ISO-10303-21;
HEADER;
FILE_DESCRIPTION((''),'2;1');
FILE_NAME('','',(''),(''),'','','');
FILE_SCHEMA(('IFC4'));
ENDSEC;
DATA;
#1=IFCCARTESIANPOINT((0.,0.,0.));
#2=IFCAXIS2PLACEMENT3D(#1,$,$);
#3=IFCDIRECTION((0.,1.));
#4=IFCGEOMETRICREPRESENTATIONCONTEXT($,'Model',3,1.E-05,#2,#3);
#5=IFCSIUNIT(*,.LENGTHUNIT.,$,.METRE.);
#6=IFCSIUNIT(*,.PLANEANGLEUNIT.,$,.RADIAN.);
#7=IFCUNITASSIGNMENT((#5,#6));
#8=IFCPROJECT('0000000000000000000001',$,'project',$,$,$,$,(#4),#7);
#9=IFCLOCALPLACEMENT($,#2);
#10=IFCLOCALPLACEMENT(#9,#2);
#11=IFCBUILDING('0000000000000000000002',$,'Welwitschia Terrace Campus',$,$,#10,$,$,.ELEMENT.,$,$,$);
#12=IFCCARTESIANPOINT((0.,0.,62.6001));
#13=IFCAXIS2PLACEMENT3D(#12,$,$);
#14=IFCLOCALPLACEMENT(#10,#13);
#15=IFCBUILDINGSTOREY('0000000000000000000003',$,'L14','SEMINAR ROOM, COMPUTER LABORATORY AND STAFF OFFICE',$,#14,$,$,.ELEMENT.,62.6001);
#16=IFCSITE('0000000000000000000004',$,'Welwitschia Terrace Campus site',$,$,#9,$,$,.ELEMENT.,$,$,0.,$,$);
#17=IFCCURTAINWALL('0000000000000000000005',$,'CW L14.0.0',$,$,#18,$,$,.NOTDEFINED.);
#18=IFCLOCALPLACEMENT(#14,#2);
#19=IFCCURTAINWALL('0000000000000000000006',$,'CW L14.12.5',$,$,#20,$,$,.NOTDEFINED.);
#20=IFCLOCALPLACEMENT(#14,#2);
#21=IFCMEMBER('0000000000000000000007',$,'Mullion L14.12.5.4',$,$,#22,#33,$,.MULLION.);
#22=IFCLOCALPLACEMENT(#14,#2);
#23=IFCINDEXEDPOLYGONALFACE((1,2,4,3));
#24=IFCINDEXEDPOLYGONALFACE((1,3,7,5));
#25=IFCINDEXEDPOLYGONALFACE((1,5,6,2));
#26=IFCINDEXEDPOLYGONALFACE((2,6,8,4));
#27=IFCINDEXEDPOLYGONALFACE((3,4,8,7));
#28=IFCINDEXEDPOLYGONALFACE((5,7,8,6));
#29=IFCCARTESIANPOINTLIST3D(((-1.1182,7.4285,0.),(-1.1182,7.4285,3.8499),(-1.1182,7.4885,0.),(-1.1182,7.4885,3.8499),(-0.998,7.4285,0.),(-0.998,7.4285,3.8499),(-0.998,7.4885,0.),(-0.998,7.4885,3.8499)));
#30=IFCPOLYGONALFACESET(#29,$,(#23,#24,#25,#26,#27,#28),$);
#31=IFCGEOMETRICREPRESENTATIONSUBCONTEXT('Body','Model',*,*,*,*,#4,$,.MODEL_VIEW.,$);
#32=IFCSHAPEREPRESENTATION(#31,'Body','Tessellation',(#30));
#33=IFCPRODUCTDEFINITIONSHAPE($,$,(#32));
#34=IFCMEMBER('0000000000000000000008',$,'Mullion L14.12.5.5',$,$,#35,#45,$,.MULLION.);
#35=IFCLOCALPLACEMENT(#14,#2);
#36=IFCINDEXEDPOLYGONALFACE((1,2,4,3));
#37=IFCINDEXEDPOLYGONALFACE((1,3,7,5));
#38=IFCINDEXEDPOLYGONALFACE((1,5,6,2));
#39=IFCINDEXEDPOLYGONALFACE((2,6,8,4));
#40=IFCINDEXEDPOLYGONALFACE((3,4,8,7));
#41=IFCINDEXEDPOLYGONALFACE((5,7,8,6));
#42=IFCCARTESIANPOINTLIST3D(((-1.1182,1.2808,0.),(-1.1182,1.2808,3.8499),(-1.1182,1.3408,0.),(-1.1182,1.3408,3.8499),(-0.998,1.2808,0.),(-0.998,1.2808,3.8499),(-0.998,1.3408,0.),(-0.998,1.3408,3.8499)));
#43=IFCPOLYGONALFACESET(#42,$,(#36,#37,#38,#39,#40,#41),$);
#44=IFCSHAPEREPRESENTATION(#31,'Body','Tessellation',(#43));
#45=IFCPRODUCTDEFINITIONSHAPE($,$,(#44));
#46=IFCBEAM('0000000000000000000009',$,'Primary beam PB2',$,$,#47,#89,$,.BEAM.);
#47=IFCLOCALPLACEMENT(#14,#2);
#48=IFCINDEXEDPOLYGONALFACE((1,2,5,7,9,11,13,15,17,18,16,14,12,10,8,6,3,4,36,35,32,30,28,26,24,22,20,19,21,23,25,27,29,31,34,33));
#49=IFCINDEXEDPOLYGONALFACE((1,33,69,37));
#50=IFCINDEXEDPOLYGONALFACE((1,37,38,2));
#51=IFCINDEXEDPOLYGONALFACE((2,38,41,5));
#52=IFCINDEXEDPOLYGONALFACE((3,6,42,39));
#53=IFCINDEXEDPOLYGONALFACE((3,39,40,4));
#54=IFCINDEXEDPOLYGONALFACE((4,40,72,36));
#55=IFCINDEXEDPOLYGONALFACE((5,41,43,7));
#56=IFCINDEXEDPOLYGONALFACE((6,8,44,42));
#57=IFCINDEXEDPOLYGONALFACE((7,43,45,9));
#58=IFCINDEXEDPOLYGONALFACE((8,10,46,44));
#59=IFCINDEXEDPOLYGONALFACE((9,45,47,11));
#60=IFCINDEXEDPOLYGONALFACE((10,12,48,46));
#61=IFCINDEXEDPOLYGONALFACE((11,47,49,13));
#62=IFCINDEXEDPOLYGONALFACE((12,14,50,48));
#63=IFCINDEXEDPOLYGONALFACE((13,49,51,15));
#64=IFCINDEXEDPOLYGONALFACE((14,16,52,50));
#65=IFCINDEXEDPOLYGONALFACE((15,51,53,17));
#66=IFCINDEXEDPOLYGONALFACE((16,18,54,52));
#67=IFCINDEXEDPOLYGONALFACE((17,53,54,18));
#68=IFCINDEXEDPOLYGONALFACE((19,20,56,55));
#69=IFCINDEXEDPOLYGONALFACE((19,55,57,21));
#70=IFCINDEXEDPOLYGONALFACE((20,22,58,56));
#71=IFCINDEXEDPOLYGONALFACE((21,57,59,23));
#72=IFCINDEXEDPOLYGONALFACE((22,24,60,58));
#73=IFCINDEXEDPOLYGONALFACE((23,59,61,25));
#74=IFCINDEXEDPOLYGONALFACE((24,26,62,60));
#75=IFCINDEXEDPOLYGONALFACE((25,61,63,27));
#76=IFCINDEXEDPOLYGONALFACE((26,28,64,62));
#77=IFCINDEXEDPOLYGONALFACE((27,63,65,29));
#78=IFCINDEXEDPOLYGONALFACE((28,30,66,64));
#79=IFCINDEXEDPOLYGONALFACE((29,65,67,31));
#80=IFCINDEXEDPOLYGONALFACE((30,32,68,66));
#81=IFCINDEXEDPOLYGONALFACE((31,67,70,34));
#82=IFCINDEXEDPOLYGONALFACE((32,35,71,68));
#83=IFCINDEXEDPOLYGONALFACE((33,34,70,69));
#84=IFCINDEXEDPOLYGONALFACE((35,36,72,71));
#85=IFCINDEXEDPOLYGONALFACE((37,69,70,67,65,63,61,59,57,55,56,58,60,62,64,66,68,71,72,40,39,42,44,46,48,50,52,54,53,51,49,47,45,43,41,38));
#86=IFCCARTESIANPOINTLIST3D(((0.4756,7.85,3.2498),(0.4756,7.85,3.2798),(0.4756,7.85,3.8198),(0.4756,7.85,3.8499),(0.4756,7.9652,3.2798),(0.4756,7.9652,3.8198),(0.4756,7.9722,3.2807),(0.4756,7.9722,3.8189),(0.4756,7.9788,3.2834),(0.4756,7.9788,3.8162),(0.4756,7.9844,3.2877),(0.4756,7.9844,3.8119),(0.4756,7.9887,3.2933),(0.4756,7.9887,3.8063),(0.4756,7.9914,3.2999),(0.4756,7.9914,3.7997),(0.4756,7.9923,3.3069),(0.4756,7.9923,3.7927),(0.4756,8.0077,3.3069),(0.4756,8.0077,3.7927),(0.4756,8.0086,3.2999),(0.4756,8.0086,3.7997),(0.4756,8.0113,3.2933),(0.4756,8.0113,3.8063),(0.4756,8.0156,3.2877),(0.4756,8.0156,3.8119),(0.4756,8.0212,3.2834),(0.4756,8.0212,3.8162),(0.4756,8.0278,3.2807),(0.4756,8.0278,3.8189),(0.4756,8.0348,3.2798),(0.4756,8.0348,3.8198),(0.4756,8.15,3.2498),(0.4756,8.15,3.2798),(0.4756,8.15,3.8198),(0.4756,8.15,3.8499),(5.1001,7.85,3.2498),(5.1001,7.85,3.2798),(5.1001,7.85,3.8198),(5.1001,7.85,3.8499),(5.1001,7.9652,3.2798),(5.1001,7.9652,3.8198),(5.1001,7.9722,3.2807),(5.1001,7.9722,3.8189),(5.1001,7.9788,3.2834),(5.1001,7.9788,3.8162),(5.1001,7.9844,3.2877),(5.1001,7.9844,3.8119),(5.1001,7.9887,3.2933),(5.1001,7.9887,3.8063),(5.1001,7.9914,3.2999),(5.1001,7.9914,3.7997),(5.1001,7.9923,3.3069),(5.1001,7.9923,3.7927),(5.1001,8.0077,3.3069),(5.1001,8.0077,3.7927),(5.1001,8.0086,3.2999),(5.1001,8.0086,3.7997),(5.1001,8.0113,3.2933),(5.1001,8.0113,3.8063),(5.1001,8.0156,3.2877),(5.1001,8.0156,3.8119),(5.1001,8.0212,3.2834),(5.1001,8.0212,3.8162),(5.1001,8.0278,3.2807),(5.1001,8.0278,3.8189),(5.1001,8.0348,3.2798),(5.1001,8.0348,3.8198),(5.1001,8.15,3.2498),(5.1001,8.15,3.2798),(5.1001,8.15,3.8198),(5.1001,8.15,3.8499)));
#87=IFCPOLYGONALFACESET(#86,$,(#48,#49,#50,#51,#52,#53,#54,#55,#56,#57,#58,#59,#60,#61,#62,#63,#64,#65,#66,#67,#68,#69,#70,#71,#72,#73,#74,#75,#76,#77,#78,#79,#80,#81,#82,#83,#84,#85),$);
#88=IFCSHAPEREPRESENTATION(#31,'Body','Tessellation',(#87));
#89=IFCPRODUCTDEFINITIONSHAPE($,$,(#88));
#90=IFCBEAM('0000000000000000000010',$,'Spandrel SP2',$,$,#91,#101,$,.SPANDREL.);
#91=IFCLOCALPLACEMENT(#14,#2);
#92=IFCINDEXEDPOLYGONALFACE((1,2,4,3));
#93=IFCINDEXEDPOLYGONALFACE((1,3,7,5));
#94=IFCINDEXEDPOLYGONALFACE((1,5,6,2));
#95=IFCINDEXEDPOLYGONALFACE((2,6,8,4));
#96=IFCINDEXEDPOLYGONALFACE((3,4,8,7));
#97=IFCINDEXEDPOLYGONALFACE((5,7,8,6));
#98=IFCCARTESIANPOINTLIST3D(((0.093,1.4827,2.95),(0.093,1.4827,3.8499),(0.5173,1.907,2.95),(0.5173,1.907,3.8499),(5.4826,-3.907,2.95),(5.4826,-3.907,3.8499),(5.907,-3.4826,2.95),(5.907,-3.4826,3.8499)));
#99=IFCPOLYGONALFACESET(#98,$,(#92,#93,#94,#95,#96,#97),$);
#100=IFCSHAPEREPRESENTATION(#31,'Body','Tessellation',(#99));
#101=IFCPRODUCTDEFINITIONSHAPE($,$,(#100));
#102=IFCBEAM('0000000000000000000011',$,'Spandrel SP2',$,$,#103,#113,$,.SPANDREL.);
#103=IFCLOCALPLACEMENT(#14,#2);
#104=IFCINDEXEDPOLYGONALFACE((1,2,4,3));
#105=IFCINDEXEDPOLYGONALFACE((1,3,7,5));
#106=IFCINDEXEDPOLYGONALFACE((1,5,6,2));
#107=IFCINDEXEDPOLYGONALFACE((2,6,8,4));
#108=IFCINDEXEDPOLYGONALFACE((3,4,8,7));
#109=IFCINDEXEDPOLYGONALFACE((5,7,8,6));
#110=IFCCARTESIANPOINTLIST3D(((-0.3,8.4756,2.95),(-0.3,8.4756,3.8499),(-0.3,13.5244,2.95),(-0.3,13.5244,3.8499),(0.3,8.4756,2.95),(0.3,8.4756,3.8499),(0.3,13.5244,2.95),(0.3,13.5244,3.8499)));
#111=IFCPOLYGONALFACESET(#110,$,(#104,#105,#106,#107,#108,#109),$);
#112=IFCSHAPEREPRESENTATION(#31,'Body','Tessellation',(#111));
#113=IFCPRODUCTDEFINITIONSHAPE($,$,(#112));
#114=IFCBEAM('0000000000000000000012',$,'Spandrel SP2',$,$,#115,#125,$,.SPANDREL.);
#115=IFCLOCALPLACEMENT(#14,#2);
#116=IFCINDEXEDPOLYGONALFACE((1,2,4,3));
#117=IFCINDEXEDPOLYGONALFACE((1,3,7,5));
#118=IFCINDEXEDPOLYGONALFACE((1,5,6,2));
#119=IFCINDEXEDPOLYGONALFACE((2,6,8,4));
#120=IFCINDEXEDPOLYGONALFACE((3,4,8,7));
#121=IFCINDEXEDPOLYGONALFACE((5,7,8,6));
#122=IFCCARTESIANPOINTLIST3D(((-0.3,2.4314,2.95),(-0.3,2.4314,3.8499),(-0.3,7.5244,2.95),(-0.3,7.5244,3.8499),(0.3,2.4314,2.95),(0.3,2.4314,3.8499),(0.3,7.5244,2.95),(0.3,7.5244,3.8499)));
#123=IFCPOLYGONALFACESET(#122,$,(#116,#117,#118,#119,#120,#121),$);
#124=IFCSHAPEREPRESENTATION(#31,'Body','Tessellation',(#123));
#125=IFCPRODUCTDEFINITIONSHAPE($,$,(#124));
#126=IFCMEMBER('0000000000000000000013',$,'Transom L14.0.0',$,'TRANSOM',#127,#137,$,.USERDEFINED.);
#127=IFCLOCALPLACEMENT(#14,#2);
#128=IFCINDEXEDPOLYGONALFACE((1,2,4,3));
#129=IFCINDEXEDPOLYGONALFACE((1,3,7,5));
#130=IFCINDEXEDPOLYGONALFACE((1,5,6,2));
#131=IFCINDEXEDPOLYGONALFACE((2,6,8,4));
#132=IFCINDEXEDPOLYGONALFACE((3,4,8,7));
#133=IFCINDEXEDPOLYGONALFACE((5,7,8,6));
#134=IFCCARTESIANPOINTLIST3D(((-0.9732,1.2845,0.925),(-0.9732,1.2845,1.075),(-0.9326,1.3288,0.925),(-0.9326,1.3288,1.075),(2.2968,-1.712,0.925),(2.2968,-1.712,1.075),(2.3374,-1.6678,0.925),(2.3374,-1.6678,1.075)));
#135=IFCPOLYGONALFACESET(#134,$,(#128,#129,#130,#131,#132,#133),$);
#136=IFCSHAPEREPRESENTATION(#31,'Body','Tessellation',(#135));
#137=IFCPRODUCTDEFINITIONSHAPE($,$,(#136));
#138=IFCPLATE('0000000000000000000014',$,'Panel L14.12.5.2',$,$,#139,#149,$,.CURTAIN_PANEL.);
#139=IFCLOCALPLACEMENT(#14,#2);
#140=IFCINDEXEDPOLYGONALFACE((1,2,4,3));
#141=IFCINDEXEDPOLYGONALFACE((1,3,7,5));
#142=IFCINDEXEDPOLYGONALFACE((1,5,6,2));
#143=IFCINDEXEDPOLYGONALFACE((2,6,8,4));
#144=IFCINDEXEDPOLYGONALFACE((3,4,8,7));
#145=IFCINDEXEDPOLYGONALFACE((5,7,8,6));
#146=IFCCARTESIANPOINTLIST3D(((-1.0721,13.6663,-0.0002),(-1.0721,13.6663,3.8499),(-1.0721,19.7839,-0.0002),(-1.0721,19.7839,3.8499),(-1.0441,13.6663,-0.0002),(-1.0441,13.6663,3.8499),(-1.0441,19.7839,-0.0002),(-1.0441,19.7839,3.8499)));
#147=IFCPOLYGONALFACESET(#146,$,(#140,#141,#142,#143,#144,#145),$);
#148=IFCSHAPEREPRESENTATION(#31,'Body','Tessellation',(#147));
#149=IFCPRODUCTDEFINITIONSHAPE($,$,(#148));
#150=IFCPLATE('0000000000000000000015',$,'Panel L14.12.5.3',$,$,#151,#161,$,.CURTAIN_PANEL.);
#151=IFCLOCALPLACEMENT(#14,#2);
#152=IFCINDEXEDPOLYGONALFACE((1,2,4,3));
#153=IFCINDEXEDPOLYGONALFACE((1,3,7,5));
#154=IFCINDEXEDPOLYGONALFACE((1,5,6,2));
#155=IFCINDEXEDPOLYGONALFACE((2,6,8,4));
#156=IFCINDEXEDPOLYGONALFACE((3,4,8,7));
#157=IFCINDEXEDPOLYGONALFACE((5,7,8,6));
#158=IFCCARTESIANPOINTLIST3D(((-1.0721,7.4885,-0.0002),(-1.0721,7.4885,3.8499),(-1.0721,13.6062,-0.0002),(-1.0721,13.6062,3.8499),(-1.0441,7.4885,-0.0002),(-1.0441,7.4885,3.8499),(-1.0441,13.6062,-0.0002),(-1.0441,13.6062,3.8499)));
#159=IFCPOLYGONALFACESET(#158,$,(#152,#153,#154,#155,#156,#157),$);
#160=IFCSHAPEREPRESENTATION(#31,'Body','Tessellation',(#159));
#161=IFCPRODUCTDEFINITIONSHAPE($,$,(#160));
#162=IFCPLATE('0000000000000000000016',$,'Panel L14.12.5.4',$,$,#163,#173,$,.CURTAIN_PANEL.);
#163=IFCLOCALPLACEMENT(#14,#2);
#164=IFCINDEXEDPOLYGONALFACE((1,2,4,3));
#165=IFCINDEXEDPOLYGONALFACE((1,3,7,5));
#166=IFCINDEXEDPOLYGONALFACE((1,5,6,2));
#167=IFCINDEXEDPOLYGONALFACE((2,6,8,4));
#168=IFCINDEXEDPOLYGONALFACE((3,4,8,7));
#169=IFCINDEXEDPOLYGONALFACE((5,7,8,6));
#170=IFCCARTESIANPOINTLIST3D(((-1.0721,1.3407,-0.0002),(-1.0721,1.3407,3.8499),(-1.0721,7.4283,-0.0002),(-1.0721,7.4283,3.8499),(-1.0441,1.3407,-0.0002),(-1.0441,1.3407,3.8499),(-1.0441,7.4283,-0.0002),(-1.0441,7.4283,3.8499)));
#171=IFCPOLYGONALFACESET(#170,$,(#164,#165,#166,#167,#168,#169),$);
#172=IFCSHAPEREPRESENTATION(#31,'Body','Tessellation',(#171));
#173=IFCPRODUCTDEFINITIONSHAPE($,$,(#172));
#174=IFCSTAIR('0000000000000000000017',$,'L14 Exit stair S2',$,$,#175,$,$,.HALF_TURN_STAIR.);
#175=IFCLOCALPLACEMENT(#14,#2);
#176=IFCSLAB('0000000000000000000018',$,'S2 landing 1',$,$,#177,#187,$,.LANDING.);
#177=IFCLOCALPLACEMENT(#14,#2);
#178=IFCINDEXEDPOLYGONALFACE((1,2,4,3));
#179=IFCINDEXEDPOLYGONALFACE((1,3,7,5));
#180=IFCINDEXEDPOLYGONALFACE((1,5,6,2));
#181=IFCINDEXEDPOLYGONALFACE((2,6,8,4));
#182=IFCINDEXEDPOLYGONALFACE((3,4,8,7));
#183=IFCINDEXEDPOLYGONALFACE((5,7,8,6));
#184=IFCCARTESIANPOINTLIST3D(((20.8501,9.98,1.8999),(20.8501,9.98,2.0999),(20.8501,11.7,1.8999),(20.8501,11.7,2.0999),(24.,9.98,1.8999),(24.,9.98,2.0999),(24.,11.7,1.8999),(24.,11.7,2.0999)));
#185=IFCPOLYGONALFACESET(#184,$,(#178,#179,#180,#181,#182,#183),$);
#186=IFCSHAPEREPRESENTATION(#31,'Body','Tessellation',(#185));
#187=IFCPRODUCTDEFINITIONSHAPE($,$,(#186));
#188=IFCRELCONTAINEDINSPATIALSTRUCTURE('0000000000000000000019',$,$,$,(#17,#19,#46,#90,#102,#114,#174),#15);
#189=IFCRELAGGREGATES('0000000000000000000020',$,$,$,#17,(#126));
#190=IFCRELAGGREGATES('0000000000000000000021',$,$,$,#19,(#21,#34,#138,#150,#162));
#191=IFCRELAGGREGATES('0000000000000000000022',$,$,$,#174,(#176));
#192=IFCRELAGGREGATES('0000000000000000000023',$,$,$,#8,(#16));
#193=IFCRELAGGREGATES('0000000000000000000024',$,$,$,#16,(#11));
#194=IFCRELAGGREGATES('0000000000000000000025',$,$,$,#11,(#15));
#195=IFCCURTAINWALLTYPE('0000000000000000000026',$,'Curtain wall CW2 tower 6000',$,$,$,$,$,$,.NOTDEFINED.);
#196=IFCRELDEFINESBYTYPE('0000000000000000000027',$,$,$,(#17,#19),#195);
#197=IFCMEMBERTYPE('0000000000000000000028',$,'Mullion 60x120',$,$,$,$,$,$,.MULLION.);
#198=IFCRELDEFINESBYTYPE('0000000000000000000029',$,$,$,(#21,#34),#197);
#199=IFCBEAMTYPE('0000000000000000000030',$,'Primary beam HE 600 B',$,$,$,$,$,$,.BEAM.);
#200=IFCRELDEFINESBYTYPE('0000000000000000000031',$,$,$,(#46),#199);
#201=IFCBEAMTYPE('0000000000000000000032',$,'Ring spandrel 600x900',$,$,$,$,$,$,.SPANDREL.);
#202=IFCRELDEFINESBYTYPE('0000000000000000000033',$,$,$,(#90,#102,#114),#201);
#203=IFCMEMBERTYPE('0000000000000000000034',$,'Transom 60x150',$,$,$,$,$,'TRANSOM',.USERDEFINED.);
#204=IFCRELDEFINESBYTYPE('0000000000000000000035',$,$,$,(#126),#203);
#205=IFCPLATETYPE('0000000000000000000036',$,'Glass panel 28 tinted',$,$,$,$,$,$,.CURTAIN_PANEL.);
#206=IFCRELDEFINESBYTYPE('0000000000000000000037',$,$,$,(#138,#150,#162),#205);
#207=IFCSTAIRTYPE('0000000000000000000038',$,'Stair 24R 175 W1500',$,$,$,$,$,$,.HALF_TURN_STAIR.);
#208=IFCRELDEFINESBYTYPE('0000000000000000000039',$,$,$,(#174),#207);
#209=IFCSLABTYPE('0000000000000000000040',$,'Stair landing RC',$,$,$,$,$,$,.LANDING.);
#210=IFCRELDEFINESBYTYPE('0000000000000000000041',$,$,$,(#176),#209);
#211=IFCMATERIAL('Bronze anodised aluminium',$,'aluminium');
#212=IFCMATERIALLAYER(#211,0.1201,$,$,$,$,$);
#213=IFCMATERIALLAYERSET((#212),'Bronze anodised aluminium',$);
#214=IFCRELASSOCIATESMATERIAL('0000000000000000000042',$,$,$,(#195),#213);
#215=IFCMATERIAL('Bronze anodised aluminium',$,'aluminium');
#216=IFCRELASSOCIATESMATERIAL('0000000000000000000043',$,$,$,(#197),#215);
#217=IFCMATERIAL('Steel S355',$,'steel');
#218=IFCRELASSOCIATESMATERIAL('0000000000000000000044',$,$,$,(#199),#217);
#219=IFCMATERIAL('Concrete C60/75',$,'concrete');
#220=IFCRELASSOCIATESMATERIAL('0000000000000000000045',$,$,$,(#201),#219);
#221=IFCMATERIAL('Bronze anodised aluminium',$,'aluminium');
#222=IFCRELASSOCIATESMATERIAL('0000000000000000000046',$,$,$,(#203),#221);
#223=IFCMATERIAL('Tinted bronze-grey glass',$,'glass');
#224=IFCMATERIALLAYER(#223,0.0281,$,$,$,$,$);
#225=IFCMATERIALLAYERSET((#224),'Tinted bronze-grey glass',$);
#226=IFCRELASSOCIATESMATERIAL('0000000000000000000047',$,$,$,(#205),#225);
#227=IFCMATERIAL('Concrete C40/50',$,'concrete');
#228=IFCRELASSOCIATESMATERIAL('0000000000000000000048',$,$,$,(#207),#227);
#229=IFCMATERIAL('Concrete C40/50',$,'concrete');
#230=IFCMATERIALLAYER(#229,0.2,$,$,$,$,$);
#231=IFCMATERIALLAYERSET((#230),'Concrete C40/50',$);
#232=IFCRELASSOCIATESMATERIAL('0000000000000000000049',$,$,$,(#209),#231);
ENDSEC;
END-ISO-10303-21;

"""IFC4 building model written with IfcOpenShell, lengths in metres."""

from ifc_helpers import new_model, si_unit, direction, frame, origin, origin_2d, place, context, subcontext, project, spatial, polyline, rectangle, i_section, outline, extrude, material, layer, layer_set, material_profile, profile_set, type_object, element, aggregate, save


model = new_model("IFC4")

# Units and contexts
model_context = context("Model", 3, precision=1e-05, world=origin(), true_north=direction((0.0, 1.0)))
body_context = subcontext(model_context, "Body", "Model", "MODEL_VIEW")
ifc_project = project(units=[si_unit("LENGTHUNIT", "METRE"), si_unit("PLANEANGLEUNIT", "RADIAN")], contexts=[model_context])

# Site, building, storey
site_placement = place(None, origin())
site = spatial("IfcSite", under=ifc_project, at=site_placement, Name="Welwitschia Terrace Campus site", CompositionType="ELEMENT", RefElevation=0.0)
building_placement = place(site_placement, origin())
building = spatial("IfcBuilding", under=site, at=building_placement, Name="Welwitschia Terrace Campus", CompositionType="ELEMENT")
storey_placement = place(building_placement, frame((0.0, 0.0, 62.6001)))
storey = spatial("IfcBuildingStorey", under=building, at=storey_placement, Name="L14", Description="SEMINAR ROOM, COMPUTER LABORATORY AND STAFF OFFICE", CompositionType="ELEMENT", Elevation=62.6001)

# Curtain wall
ifc_material_1 = material(Name="Bronze anodised aluminium", Category="aluminium")
ifc_layer_1 = layer(ifc_material_1, 0.1201)
ifc_layer_set_1 = layer_set([ifc_layer_1], Name="Bronze anodised aluminium")
curtain_wall_type = type_object("IfcCurtainWallType", Name="Curtain wall CW2 tower 6000", PredefinedType="NOTDEFINED", material=ifc_layer_set_1)
curtain_wall_1_placement = place(storey_placement, origin())
curtain_wall_1 = element("IfcCurtainWall", 1, at=curtain_wall_1_placement, inside=storey, type_object=curtain_wall_type, Name="CW L14.0.0", PredefinedType="NOTDEFINED")
ifc_material_2 = material(Name="Bronze anodised aluminium", Category="aluminium")
ifc_material_profile_1 = material_profile(ifc_material_2, rectangle(XDim=0.1201, YDim=0.0601, at=origin_2d()))
ifc_profile_set_1 = profile_set([ifc_material_profile_1], Name="Bronze anodised aluminium")
member_type_1 = type_object("IfcMemberType", Name="Mullion 60x120", PredefinedType="MULLION", material=ifc_profile_set_1)

# Curtain wall, members
curtain_wall_2_placement = place(storey_placement, origin())
curtain_wall_2 = element("IfcCurtainWall", 2, at=curtain_wall_2_placement, inside=storey, type_object=curtain_wall_type, Name="CW L14.12.5", PredefinedType="NOTDEFINED")
member_1_placement = place(storey_placement, frame((-1.0581, 7.4585, 0.0), z_axis=(0.0, 0.0, 1.0), x_axis=(1.0, 0.0, 0.0)))
member_1 = element("IfcMember", 3, at=member_1_placement, type_object=member_type_1, Name="Mullion L14.12.5.4", PredefinedType="MULLION", context=body_context, shape_type="SweptSolid", body=[
    extrude(rectangle(XDim=0.1201, YDim=0.0601, at=origin_2d()), origin(), (0.0, 0.0, 1.0), 3.8499),
])
member_2_placement = place(storey_placement, frame((-1.0581, 1.3108, 0.0), z_axis=(0.0, 0.0, 1.0), x_axis=(1.0, 0.0, 0.0)))
member_2 = element("IfcMember", 4, at=member_2_placement, type_object=member_type_1, Name="Mullion L14.12.5.5", PredefinedType="MULLION", context=body_context, shape_type="SweptSolid", body=[
    extrude(rectangle(XDim=0.1201, YDim=0.0601, at=origin_2d()), origin(), (0.0, 0.0, 1.0), 3.8499),
])

# Beams
ifc_material_3 = material(Name="Steel S355", Category="steel")
ifc_material_profile_2 = material_profile(ifc_material_3, i_section(OverallWidth=0.3, OverallDepth=0.6001, WebThickness=0.0154, FlangeThickness=0.03, FilletRadius=0.0271, at=origin_2d()))
ifc_profile_set_2 = profile_set([ifc_material_profile_2], Name="Steel S355")
beam_type_1 = type_object("IfcBeamType", Name="Primary beam HE 600 B", PredefinedType="BEAM", material=ifc_profile_set_2)
beam_1_placement = place(storey_placement, frame((0.4756, 8.0, 3.5498), z_axis=(1.0, 0.0, 0.0), x_axis=(0.0, 1.0, 0.0)))
element("IfcBeam", 5, at=beam_1_placement, inside=storey, type_object=beam_type_1, Name="Primary beam PB2", PredefinedType="BEAM", context=body_context, shape_type="SweptSolid", body=[
    extrude(i_section(OverallWidth=0.3, OverallDepth=0.6001, WebThickness=0.0154, FlangeThickness=0.03, FilletRadius=0.0271, at=origin_2d()), origin(), (0.0, 0.0, 1.0), 4.6245),
])
ifc_material_4 = material(Name="Concrete C60/75", Category="concrete")
ifc_material_profile_3 = material_profile(ifc_material_4, rectangle(XDim=0.6001, YDim=0.8999, at=origin_2d()))
ifc_profile_set_3 = profile_set([ifc_material_profile_3], Name="Concrete C60/75")
beam_type_2 = type_object("IfcBeamType", Name="Ring spandrel 600x900", PredefinedType="SPANDREL", material=ifc_profile_set_3)
beam_2_placement = place(storey_placement, frame((0.3052, 1.6948, 3.3999), z_axis=(0.707107, -0.707107, 0.0), x_axis=(0.707107, 0.707107, 0.0)))
element("IfcBeam", 6, at=beam_2_placement, inside=storey, type_object=beam_type_2, Name="Spandrel SP2", PredefinedType="SPANDREL", context=body_context, shape_type="SweptSolid", body=[
    extrude(rectangle(XDim=0.6001, YDim=0.8999, at=origin_2d()), origin(), (0.0, 0.0, 1.0), 7.6221),
])
beam_3_placement = place(storey_placement, frame((0.0, 13.5244, 3.3999), z_axis=(0.0, -1.0, 0.0), x_axis=(1.0, 0.0, 0.0)))
element("IfcBeam", 7, at=beam_3_placement, inside=storey, type_object=beam_type_2, Name="Spandrel SP2", PredefinedType="SPANDREL", context=body_context, shape_type="SweptSolid", body=[
    extrude(rectangle(XDim=0.6001, YDim=0.8999, at=origin_2d()), origin(), (0.0, 0.0, 1.0), 5.0488),
])
beam_4_placement = place(storey_placement, frame((0.0, 7.5244, 3.3999), z_axis=(0.0, -1.0, 0.0), x_axis=(1.0, 0.0, 0.0)))
element("IfcBeam", 8, at=beam_4_placement, inside=storey, type_object=beam_type_2, Name="Spandrel SP2", PredefinedType="SPANDREL", context=body_context, shape_type="SweptSolid", body=[
    extrude(rectangle(XDim=0.6001, YDim=0.8999, at=origin_2d()), origin(), (0.0, 0.0, 1.0), 5.093),
])

# Member
ifc_material_5 = material(Name="Bronze anodised aluminium", Category="aluminium")
ifc_material_profile_4 = material_profile(ifc_material_5, rectangle(XDim=0.0601, YDim=0.1499, at=origin_2d()))
ifc_profile_set_4 = profile_set([ifc_material_profile_4], Name="Bronze anodised aluminium")
member_type_2 = type_object("IfcMemberType", Name="Transom 60x150", ElementType="TRANSOM", PredefinedType="USERDEFINED", material=ifc_profile_set_4)
member_3_placement = place(storey_placement, frame((-0.9529, 1.3066, 1.0), z_axis=(0.737259, -0.67561, 0.0), x_axis=(0.67561, 0.737259, 0.0)))
member_3 = element("IfcMember", 9, at=member_3_placement, type_object=member_type_2, Name="Transom L14.0.0", ObjectType="TRANSOM", PredefinedType="USERDEFINED", context=body_context, shape_type="SweptSolid", body=[
    extrude(rectangle(XDim=0.0601, YDim=0.1499, at=origin_2d()), origin(), (0.0, 0.0, 1.0), 4.4353),
])
aggregate(curtain_wall_1, [member_3])

# Plates
ifc_material_6 = material(Name="Tinted bronze-grey glass", Category="glass")
ifc_layer_2 = layer(ifc_material_6, 0.0281)
ifc_layer_set_2 = layer_set([ifc_layer_2], Name="Tinted bronze-grey glass")
plate_type = type_object("IfcPlateType", Name="Glass panel 28 tinted", PredefinedType="CURTAIN_PANEL", material=ifc_layer_set_2)
plate_1_placement = place(storey_placement, frame((-1.0581, 16.7251, -0.0002), z_axis=(0.0, 0.0, 1.0), x_axis=(0.0, -1.0, 0.0)))
plate_1 = element("IfcPlate", 10, at=plate_1_placement, type_object=plate_type, Name="Panel L14.12.5.2", PredefinedType="CURTAIN_PANEL", context=body_context, shape_type="SweptSolid", body=[
    extrude(rectangle(XDim=6.1177, YDim=0.0281, at=origin_2d()), origin(), (0.0, 0.0, 1.0), 3.8501),
])
plate_2_placement = place(storey_placement, frame((-1.0581, 10.5474, -0.0002), z_axis=(0.0, 0.0, 1.0), x_axis=(0.0, -1.0, 0.0)))
plate_2 = element("IfcPlate", 11, at=plate_2_placement, type_object=plate_type, Name="Panel L14.12.5.3", PredefinedType="CURTAIN_PANEL", context=body_context, shape_type="SweptSolid", body=[
    extrude(rectangle(XDim=6.1177, YDim=0.0281, at=origin_2d()), origin(), (0.0, 0.0, 1.0), 3.8501),
])
plate_3_placement = place(storey_placement, frame((-1.0581, 4.3845, -0.0002), z_axis=(0.0, 0.0, 1.0), x_axis=(0.0, -1.0, 0.0)))
plate_3 = element("IfcPlate", 12, at=plate_3_placement, type_object=plate_type, Name="Panel L14.12.5.4", PredefinedType="CURTAIN_PANEL", context=body_context, shape_type="SweptSolid", body=[
    extrude(rectangle(XDim=6.0876, YDim=0.0281, at=origin_2d()), origin(), (0.0, 0.0, 1.0), 3.8501),
])
aggregate(curtain_wall_2, [member_1, member_2, plate_1, plate_2, plate_3])

# Stair, slab
ifc_material_7 = material(Name="Concrete C40/50", Category="concrete")
stair_type = type_object("IfcStairType", Name="Stair 24R 175 W1500", PredefinedType="HALF_TURN_STAIR", material=ifc_material_7)
stair_placement = place(storey_placement, origin())
stair = element("IfcStair", 13, at=stair_placement, inside=storey, type_object=stair_type, Name="L14 Exit stair S2", PredefinedType="HALF_TURN_STAIR")
ifc_material_8 = material(Name="Concrete C40/50", Category="concrete")
ifc_layer_3 = layer(ifc_material_8, 0.2)
ifc_layer_set_3 = layer_set([ifc_layer_3], Name="Concrete C40/50")
slab_type = type_object("IfcSlabType", Name="Stair landing RC", PredefinedType="LANDING", material=ifc_layer_set_3)
slab_placement = place(storey_placement, frame((0.0, 0.0, 1.8999)))
slab = element("IfcSlab", 14, at=slab_placement, type_object=slab_type, Name="S2 landing 1", PredefinedType="LANDING", context=body_context, shape_type="SweptSolid", body=[
    extrude(outline(polyline([(24.0, 9.98), (24.0, 11.7), (20.8501, 11.7), (20.8501, 9.98), (24.0, 9.98)])), origin(), (0.0, 0.0, 1.0), 0.2),
])
aggregate(stair, [slab])

save(model, "model.ifc")
